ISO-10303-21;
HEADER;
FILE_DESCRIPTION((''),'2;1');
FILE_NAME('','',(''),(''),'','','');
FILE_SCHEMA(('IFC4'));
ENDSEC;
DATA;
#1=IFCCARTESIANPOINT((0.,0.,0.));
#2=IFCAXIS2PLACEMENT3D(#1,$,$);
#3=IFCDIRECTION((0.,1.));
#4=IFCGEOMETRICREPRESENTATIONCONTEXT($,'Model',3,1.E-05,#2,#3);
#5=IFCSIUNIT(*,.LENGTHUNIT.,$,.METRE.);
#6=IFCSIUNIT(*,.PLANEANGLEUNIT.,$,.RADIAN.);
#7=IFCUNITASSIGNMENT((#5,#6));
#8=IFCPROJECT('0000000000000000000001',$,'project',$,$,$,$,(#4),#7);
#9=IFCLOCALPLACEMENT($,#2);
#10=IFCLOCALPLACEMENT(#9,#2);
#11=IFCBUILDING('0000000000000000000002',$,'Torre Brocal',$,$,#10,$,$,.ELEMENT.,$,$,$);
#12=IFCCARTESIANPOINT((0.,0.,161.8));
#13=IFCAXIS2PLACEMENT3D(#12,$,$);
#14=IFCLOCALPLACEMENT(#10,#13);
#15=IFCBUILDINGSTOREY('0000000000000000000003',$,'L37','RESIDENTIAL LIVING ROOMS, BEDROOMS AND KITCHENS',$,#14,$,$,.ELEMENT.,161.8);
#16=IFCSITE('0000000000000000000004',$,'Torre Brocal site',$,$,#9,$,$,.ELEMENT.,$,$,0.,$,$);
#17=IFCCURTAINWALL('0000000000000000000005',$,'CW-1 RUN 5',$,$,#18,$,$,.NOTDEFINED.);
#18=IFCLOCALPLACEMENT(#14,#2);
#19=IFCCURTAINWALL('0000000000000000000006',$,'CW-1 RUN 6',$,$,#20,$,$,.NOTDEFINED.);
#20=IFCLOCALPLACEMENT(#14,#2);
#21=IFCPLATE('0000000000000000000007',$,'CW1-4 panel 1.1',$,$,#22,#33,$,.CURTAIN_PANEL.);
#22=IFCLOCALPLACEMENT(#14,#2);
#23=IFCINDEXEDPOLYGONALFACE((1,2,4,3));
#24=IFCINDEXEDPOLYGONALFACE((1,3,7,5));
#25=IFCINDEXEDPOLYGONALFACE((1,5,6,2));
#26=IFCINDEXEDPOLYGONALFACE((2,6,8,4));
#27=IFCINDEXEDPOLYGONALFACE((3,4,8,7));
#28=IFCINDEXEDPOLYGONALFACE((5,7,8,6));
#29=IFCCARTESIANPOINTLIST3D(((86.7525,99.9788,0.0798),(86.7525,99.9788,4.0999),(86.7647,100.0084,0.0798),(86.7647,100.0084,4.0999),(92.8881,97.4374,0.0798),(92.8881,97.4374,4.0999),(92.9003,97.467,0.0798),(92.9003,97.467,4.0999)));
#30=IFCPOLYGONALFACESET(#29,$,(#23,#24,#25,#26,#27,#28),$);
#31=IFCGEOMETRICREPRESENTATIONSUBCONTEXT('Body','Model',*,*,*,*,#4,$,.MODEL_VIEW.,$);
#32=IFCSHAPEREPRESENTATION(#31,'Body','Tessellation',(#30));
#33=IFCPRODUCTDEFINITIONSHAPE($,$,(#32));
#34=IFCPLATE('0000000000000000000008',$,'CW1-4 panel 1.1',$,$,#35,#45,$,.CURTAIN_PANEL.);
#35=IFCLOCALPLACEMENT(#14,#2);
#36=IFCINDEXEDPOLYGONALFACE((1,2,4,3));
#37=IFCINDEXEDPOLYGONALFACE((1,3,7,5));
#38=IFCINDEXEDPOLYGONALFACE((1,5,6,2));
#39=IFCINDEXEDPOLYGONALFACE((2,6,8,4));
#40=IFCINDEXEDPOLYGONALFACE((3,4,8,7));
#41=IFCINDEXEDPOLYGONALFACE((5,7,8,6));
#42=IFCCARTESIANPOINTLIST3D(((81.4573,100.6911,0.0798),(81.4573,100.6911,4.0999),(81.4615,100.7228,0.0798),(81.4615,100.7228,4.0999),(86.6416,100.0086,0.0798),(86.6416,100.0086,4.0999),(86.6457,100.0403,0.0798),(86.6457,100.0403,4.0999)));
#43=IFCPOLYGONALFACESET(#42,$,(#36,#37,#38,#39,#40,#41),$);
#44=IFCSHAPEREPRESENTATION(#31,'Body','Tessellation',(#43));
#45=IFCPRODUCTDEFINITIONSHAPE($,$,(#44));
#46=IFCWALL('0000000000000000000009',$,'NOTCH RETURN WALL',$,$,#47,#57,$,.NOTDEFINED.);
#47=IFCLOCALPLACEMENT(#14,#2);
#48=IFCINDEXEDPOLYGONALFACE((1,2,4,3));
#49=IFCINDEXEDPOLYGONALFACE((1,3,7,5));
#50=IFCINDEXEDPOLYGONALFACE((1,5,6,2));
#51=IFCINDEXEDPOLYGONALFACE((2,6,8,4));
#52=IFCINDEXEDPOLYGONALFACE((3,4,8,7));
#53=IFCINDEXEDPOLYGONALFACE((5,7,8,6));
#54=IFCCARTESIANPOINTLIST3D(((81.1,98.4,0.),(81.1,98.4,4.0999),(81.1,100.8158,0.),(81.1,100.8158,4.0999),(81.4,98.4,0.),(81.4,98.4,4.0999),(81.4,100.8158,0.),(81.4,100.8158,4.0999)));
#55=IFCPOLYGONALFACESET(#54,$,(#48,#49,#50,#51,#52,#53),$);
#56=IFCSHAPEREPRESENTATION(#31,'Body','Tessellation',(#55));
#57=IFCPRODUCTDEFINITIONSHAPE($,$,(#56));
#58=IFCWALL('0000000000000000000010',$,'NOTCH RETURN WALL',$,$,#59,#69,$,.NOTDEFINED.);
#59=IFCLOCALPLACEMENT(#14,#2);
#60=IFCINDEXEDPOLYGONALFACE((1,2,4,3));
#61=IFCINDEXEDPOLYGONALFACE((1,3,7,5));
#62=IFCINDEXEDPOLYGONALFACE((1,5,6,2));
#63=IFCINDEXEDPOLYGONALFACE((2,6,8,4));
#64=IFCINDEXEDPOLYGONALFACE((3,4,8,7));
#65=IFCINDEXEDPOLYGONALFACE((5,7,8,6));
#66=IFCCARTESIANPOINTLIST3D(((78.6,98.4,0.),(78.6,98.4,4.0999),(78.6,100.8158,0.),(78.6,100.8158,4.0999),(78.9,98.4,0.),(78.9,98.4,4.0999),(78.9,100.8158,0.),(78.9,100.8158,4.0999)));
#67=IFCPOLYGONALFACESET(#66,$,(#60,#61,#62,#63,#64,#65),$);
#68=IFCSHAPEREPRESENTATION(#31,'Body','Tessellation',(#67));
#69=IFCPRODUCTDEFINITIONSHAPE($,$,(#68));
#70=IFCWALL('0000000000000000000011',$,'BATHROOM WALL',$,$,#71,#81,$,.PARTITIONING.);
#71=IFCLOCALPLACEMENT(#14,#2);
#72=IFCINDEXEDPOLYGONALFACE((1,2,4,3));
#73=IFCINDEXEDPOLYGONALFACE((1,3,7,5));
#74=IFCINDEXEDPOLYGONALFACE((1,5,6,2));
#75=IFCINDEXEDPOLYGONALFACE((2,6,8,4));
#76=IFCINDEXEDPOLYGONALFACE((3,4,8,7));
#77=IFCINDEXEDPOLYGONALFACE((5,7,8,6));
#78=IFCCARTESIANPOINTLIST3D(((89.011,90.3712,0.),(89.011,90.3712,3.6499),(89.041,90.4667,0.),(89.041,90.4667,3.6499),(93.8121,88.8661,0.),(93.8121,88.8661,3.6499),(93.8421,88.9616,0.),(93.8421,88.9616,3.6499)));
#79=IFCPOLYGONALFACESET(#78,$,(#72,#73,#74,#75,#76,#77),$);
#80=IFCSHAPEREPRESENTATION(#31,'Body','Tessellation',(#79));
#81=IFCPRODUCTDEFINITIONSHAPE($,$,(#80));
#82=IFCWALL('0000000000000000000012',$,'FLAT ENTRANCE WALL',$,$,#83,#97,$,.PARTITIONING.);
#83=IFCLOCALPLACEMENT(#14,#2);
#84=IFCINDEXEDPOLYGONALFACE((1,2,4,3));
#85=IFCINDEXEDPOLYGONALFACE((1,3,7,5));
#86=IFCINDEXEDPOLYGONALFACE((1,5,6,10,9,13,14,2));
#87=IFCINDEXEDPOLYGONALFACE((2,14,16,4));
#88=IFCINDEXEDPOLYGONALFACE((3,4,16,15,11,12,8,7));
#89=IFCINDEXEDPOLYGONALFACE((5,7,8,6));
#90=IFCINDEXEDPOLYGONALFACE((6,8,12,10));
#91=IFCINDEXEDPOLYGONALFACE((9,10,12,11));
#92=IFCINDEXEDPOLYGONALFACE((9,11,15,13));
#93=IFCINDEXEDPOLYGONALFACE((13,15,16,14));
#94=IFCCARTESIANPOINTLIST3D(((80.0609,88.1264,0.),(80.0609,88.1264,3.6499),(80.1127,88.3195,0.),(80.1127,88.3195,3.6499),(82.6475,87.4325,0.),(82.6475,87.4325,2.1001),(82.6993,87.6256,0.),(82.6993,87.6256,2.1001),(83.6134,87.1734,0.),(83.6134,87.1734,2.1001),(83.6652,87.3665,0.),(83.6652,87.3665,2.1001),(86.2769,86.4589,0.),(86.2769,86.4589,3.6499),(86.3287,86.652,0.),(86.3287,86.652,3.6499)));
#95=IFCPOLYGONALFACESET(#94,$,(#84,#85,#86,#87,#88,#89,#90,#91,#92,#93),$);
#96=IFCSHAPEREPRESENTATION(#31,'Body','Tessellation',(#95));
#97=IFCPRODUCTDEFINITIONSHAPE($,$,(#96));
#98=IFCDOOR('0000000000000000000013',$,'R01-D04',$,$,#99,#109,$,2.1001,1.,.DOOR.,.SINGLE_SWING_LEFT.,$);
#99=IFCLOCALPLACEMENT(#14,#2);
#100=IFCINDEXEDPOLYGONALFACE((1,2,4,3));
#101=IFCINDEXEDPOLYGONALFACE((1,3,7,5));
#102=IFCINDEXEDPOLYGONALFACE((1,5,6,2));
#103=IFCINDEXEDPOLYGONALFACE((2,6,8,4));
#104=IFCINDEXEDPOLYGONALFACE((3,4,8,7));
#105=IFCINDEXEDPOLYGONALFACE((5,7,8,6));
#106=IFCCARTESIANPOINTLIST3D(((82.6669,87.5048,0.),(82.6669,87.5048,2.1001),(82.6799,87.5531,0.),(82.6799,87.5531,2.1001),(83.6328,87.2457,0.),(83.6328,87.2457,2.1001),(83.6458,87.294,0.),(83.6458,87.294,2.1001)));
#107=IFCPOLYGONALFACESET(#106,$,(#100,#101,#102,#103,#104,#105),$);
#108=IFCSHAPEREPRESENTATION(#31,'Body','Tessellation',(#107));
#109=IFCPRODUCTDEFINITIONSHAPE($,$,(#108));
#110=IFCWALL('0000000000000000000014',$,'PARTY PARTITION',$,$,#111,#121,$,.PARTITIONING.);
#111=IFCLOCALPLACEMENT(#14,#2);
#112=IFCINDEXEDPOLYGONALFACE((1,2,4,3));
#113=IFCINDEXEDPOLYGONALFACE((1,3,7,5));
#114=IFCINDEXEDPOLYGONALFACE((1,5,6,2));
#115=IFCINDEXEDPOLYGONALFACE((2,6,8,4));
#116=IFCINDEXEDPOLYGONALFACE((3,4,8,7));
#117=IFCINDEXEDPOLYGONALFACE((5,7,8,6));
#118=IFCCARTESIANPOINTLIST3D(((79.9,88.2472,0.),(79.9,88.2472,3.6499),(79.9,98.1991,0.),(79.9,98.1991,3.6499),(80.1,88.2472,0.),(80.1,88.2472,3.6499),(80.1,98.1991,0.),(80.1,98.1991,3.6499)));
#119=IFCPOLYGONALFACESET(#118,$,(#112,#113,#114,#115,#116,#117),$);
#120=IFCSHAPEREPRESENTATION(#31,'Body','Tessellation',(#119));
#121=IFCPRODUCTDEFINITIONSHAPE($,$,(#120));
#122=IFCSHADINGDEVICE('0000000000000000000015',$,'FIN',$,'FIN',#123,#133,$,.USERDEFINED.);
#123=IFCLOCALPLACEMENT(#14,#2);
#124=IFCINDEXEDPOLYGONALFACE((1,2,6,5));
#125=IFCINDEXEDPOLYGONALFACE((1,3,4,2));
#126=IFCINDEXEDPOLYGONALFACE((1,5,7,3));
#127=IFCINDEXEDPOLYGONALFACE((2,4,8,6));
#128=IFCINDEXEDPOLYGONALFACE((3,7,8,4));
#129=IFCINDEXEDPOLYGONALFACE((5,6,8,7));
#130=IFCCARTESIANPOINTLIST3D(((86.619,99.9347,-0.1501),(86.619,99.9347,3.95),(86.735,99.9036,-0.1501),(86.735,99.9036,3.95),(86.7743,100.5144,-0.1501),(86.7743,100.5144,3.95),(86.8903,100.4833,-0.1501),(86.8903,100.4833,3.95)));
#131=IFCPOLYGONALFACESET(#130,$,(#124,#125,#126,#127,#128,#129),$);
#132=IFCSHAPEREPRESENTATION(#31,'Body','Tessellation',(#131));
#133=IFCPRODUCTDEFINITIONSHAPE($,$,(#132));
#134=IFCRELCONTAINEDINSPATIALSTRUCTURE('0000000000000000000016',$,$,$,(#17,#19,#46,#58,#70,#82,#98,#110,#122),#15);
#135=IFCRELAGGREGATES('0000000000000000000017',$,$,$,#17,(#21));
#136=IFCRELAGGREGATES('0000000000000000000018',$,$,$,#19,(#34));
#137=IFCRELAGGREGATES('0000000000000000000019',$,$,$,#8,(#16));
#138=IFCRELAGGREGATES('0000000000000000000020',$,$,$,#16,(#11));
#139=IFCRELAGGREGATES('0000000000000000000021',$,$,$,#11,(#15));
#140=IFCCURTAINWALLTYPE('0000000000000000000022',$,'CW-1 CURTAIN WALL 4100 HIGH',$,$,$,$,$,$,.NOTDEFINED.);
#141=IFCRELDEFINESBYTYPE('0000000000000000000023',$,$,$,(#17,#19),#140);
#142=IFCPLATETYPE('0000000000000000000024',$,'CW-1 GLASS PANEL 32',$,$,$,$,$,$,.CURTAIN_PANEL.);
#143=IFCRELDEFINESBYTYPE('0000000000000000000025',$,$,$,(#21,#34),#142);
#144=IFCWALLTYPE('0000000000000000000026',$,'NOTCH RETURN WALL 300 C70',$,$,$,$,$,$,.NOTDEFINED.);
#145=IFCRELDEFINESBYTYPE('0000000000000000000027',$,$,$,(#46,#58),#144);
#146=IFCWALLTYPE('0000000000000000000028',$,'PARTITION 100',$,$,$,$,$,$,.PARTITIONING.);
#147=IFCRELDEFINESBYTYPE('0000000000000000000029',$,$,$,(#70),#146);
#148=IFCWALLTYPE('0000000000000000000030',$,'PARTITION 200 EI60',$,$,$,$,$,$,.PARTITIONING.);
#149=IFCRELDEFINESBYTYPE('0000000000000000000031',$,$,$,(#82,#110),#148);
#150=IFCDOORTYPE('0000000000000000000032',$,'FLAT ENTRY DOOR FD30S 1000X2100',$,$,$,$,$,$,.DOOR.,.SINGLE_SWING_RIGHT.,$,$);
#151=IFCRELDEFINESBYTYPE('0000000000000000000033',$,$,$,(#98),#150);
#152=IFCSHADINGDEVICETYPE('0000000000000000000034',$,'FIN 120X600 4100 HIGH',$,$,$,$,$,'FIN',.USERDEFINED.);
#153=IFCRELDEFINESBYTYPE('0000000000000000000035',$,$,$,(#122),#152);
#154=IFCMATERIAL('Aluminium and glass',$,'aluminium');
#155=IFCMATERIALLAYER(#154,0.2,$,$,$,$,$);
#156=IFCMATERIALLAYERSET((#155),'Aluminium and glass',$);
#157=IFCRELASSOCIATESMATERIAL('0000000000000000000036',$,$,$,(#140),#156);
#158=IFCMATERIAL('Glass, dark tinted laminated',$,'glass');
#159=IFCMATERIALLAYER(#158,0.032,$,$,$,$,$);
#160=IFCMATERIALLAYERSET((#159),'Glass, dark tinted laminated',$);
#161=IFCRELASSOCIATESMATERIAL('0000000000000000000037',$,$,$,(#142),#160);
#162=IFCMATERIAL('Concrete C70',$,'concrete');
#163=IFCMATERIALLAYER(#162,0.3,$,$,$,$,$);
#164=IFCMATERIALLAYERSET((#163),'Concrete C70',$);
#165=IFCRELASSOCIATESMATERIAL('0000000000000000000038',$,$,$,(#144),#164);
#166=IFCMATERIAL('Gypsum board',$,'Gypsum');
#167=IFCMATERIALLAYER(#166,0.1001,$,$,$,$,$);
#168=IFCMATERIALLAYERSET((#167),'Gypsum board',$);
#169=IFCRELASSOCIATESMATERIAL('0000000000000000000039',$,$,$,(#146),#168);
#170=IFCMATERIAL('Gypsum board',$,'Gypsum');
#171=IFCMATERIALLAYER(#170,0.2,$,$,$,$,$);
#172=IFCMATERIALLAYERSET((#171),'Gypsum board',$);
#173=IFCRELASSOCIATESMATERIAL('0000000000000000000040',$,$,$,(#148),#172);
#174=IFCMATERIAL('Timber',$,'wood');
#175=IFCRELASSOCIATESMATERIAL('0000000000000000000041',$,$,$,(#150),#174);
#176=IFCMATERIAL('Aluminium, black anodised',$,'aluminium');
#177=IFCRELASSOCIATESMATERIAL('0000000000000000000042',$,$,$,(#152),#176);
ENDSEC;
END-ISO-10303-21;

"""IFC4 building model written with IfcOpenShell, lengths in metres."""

from ifc_helpers import new_model, si_unit, direction, frame, frame_2d, origin, origin_2d, place, context, subcontext, project, spatial, rectangle, extrude, material, layer, layer_set, material_profile, profile_set, type_object, element, fill, aggregate, save


model = new_model("IFC4")

# Units and contexts
model_context = context("Model", 3, precision=1e-05, world=origin(), true_north=direction((0.0, 1.0)))
body_context = subcontext(model_context, "Body", "Model", "MODEL_VIEW")
ifc_project = project(units=[si_unit("LENGTHUNIT", "METRE"), si_unit("PLANEANGLEUNIT", "RADIAN")], contexts=[model_context])

# Site, building, storey
site_placement = place(None, origin())
site = spatial("IfcSite", under=ifc_project, at=site_placement, Name="Torre Brocal site", CompositionType="ELEMENT", RefElevation=0.0)
building_placement = place(site_placement, origin())
building = spatial("IfcBuilding", under=site, at=building_placement, Name="Torre Brocal", CompositionType="ELEMENT")
storey_placement = place(building_placement, frame((0.0, 0.0, 161.8)))
storey = spatial("IfcBuildingStorey", under=building, at=storey_placement, Name="L37", Description="RESIDENTIAL LIVING ROOMS, BEDROOMS AND KITCHENS", CompositionType="ELEMENT", Elevation=161.8)

# Curtain wall
ifc_material_1 = material(Name="Aluminium and glass", Category="aluminium")
ifc_layer_1 = layer(ifc_material_1, 0.2)
ifc_layer_set_1 = layer_set([ifc_layer_1], Name="Aluminium and glass")
curtain_wall_type = type_object("IfcCurtainWallType", Name="CW-1 CURTAIN WALL 4100 HIGH", PredefinedType="NOTDEFINED", material=ifc_layer_set_1)
curtain_wall_1_placement = place(storey_placement, origin())
curtain_wall_1 = element("IfcCurtainWall", 1, at=curtain_wall_1_placement, inside=storey, type_object=curtain_wall_type, Name="CW-1 RUN 5", PredefinedType="NOTDEFINED")

# Curtain wall
curtain_wall_2_placement = place(storey_placement, origin())
curtain_wall_2 = element("IfcCurtainWall", 2, at=curtain_wall_2_placement, inside=storey, type_object=curtain_wall_type, Name="CW-1 RUN 6", PredefinedType="NOTDEFINED")

# Plates
ifc_material_2 = material(Name="Glass, dark tinted laminated", Category="glass")
ifc_layer_2 = layer(ifc_material_2, 0.032)
ifc_layer_set_2 = layer_set([ifc_layer_2], Name="Glass, dark tinted laminated")
plate_type = type_object("IfcPlateType", Name="CW-1 GLASS PANEL 32", PredefinedType="CURTAIN_PANEL", material=ifc_layer_set_2)
plate_1_placement = place(storey_placement, frame((89.8264, 98.7229, 0.0798), z_axis=(0.0, 0.0, 1.0), x_axis=(-0.92388, 0.382683, 0.0)))
plate_1 = element("IfcPlate", 3, at=plate_1_placement, type_object=plate_type, Name="CW1-4 panel 1.1", PredefinedType="CURTAIN_PANEL", context=body_context, shape_type="SweptSolid", body=[
    extrude(rectangle(XDim=6.6411, YDim=0.032, at=origin_2d()), origin(), (0.0, 0.0, 1.0), 4.02),
])
aggregate(curtain_wall_1, [plate_1])
plate_2_placement = place(storey_placement, frame((84.0515, 100.3657, 0.0798), z_axis=(0.0, 0.0, 1.0), x_axis=(-0.991445, 0.130526, 0.0)))
plate_2 = element("IfcPlate", 4, at=plate_2_placement, type_object=plate_type, Name="CW1-4 panel 1.1", PredefinedType="CURTAIN_PANEL", context=body_context, shape_type="SweptSolid", body=[
    extrude(rectangle(XDim=5.229, YDim=0.032, at=origin_2d()), origin(), (0.0, 0.0, 1.0), 4.02),
])
aggregate(curtain_wall_2, [plate_2])

# Walls
ifc_material_3 = material(Name="Concrete C70", Category="concrete")
ifc_layer_3 = layer(ifc_material_3, 0.3)
ifc_layer_set_3 = layer_set([ifc_layer_3], Name="Concrete C70")
wall_type_1 = type_object("IfcWallType", Name="NOTCH RETURN WALL 300 C70", PredefinedType="NOTDEFINED", material=ifc_layer_set_3)
for number, where, z_axis, x_axis, name in (
    (5, (81.25, 98.3999, 0.0), (0.0, 0.0, 1.0), (0.0, 1.0, 0.0), "NOTCH RETURN WALL"),
    (6, (78.75, 98.3999, 0.0), (0.0, 0.0, 1.0), (0.0, 1.0, 0.0), "NOTCH RETURN WALL"),
):
    element("IfcWall", number, at=place(storey_placement, frame(where, z_axis=z_axis, x_axis=x_axis)), inside=storey, type_object=wall_type_1, Name=name, PredefinedType="NOTDEFINED", context=body_context, shape_type="SweptSolid", body=[
        extrude(rectangle(XDim=2.4158, YDim=0.3, at=frame_2d((1.208, 0.0))), origin(), (0.0, 0.0, 1.0), 4.0999),
    ])
ifc_material_4 = material(Name="Gypsum board", Category="Gypsum")
ifc_layer_4 = layer(ifc_material_4, 0.1001)
ifc_layer_set_4 = layer_set([ifc_layer_4], Name="Gypsum board")
wall_type_2 = type_object("IfcWallType", Name="PARTITION 100", PredefinedType="PARTITIONING", material=ifc_layer_set_4)
wall_1_placement = place(storey_placement, frame((89.0261, 90.4189, 0.0), z_axis=(0.0, 0.0, 1.0), x_axis=(0.954208, -0.299145, 0.0)))
element("IfcWall", 7, at=wall_1_placement, inside=storey, type_object=wall_type_2, Name="BATHROOM WALL", PredefinedType="PARTITIONING", context=body_context, shape_type="SweptSolid", body=[
    extrude(rectangle(XDim=5.0315, YDim=0.1001, at=frame_2d((2.5156, 0.0))), origin(), (0.0, 0.0, 1.0), 3.6499),
])

# Wall, opening, door
ifc_material_5 = material(Name="Gypsum board", Category="Gypsum")
ifc_layer_5 = layer(ifc_material_5, 0.2)
ifc_layer_set_5 = layer_set([ifc_layer_5], Name="Gypsum board")
wall_type_3 = type_object("IfcWallType", Name="PARTITION 200 EI60", PredefinedType="PARTITIONING", material=ifc_layer_set_5)
wall_2_placement = place(storey_placement, frame((80.0869, 88.2229, 0.0), z_axis=(0.0, 0.0, 1.0), x_axis=(0.965852, -0.259093, 0.0)))
wall_2 = element("IfcWall", 8, at=wall_2_placement, inside=storey, type_object=wall_type_3, Name="FLAT ENTRANCE WALL", PredefinedType="PARTITIONING", context=body_context, shape_type="SweptSolid", body=[
    extrude(rectangle(XDim=6.4358, YDim=0.2, at=frame_2d((3.2178, 0.0))), origin(), (0.0, 0.0, 1.0), 3.6499),
])
opening_placement = place(wall_2_placement, frame((2.678, 0.0, 0.0)))
opening = element("IfcOpeningElement", 9, at=opening_placement, cuts=wall_2, PredefinedType="OPENING", context=body_context, shape_type="SweptSolid", body=[
    extrude(rectangle(XDim=1.0, YDim=2.1001, at=frame_2d((0.5, 1.05))), frame((0.0, 0.1099, 0.0), z_axis=(0.0, -1.0, 0.0), x_axis=(1.0, 0.0, 0.0)), (0.0, 0.0, 1.0), 0.22),
])
ifc_material_6 = material(Name="Timber", Category="wood")
door_type = type_object("IfcDoorType", Name="FLAT ENTRY DOOR FD30S 1000X2100", OperationType="SINGLE_SWING_RIGHT", PredefinedType="DOOR", material=ifc_material_6)
door_placement = place(opening_placement, origin())
door = element("IfcDoor", 10, at=door_placement, inside=storey, type_object=door_type, Name="R01-D04", OperationType="SINGLE_SWING_LEFT", OverallHeight=2.1001, OverallWidth=1.0, PredefinedType="DOOR", context=body_context, shape_type="SweptSolid", body=[
    extrude(rectangle(XDim=1.0, YDim=2.1001, at=frame_2d((0.5, 1.05))), frame((0.0, 0.0249, 0.0), z_axis=(0.0, -1.0, 0.0), x_axis=(1.0, 0.0, 0.0)), (0.0, 0.0, 1.0), 0.05),
])
fill(opening, door)

# Wall
wall_3_placement = place(storey_placement, frame((80.0, 88.2471, 0.0), z_axis=(0.0, 0.0, 1.0), x_axis=(0.0, 1.0, 0.0)))
element("IfcWall", 11, at=wall_3_placement, inside=storey, type_object=wall_type_3, Name="PARTY PARTITION", PredefinedType="PARTITIONING", context=body_context, shape_type="SweptSolid", body=[
    extrude(rectangle(XDim=9.9519, YDim=0.2, at=frame_2d((4.9761, 0.0))), origin(), (0.0, 0.0, 1.0), 3.6499),
])

# Shading device
ifc_material_7 = material(Name="Aluminium, black anodised", Category="aluminium")
ifc_material_profile_1 = material_profile(ifc_material_7, rectangle(XDim=0.1201, YDim=0.6001, at=origin_2d()), Name="FIN 120X600 4100 HIGH")
ifc_profile_set_1 = profile_set([ifc_material_profile_1], Name="Aluminium, black anodised")
shading_device_type = type_object("IfcShadingDeviceType", Name="FIN 120X600 4100 HIGH", ElementType="FIN", PredefinedType="USERDEFINED", material=ifc_profile_set_1)
shading_device_placement = place(storey_placement, frame((86.7546, 100.209, -0.1501), z_axis=(0.0, 0.0, 1.0), x_axis=(-0.965926, 0.258819, 0.0)))
element("IfcShadingDevice", 12, at=shading_device_placement, inside=storey, type_object=shading_device_type, Name="FIN", ObjectType="FIN", PredefinedType="USERDEFINED", context=body_context, shape_type="SweptSolid", body=[
    extrude(rectangle(XDim=0.1201, YDim=0.6001, at=origin_2d()), origin(), (0.0, 0.0, 1.0), 4.1001),
])

save(model, "model.ifc")
